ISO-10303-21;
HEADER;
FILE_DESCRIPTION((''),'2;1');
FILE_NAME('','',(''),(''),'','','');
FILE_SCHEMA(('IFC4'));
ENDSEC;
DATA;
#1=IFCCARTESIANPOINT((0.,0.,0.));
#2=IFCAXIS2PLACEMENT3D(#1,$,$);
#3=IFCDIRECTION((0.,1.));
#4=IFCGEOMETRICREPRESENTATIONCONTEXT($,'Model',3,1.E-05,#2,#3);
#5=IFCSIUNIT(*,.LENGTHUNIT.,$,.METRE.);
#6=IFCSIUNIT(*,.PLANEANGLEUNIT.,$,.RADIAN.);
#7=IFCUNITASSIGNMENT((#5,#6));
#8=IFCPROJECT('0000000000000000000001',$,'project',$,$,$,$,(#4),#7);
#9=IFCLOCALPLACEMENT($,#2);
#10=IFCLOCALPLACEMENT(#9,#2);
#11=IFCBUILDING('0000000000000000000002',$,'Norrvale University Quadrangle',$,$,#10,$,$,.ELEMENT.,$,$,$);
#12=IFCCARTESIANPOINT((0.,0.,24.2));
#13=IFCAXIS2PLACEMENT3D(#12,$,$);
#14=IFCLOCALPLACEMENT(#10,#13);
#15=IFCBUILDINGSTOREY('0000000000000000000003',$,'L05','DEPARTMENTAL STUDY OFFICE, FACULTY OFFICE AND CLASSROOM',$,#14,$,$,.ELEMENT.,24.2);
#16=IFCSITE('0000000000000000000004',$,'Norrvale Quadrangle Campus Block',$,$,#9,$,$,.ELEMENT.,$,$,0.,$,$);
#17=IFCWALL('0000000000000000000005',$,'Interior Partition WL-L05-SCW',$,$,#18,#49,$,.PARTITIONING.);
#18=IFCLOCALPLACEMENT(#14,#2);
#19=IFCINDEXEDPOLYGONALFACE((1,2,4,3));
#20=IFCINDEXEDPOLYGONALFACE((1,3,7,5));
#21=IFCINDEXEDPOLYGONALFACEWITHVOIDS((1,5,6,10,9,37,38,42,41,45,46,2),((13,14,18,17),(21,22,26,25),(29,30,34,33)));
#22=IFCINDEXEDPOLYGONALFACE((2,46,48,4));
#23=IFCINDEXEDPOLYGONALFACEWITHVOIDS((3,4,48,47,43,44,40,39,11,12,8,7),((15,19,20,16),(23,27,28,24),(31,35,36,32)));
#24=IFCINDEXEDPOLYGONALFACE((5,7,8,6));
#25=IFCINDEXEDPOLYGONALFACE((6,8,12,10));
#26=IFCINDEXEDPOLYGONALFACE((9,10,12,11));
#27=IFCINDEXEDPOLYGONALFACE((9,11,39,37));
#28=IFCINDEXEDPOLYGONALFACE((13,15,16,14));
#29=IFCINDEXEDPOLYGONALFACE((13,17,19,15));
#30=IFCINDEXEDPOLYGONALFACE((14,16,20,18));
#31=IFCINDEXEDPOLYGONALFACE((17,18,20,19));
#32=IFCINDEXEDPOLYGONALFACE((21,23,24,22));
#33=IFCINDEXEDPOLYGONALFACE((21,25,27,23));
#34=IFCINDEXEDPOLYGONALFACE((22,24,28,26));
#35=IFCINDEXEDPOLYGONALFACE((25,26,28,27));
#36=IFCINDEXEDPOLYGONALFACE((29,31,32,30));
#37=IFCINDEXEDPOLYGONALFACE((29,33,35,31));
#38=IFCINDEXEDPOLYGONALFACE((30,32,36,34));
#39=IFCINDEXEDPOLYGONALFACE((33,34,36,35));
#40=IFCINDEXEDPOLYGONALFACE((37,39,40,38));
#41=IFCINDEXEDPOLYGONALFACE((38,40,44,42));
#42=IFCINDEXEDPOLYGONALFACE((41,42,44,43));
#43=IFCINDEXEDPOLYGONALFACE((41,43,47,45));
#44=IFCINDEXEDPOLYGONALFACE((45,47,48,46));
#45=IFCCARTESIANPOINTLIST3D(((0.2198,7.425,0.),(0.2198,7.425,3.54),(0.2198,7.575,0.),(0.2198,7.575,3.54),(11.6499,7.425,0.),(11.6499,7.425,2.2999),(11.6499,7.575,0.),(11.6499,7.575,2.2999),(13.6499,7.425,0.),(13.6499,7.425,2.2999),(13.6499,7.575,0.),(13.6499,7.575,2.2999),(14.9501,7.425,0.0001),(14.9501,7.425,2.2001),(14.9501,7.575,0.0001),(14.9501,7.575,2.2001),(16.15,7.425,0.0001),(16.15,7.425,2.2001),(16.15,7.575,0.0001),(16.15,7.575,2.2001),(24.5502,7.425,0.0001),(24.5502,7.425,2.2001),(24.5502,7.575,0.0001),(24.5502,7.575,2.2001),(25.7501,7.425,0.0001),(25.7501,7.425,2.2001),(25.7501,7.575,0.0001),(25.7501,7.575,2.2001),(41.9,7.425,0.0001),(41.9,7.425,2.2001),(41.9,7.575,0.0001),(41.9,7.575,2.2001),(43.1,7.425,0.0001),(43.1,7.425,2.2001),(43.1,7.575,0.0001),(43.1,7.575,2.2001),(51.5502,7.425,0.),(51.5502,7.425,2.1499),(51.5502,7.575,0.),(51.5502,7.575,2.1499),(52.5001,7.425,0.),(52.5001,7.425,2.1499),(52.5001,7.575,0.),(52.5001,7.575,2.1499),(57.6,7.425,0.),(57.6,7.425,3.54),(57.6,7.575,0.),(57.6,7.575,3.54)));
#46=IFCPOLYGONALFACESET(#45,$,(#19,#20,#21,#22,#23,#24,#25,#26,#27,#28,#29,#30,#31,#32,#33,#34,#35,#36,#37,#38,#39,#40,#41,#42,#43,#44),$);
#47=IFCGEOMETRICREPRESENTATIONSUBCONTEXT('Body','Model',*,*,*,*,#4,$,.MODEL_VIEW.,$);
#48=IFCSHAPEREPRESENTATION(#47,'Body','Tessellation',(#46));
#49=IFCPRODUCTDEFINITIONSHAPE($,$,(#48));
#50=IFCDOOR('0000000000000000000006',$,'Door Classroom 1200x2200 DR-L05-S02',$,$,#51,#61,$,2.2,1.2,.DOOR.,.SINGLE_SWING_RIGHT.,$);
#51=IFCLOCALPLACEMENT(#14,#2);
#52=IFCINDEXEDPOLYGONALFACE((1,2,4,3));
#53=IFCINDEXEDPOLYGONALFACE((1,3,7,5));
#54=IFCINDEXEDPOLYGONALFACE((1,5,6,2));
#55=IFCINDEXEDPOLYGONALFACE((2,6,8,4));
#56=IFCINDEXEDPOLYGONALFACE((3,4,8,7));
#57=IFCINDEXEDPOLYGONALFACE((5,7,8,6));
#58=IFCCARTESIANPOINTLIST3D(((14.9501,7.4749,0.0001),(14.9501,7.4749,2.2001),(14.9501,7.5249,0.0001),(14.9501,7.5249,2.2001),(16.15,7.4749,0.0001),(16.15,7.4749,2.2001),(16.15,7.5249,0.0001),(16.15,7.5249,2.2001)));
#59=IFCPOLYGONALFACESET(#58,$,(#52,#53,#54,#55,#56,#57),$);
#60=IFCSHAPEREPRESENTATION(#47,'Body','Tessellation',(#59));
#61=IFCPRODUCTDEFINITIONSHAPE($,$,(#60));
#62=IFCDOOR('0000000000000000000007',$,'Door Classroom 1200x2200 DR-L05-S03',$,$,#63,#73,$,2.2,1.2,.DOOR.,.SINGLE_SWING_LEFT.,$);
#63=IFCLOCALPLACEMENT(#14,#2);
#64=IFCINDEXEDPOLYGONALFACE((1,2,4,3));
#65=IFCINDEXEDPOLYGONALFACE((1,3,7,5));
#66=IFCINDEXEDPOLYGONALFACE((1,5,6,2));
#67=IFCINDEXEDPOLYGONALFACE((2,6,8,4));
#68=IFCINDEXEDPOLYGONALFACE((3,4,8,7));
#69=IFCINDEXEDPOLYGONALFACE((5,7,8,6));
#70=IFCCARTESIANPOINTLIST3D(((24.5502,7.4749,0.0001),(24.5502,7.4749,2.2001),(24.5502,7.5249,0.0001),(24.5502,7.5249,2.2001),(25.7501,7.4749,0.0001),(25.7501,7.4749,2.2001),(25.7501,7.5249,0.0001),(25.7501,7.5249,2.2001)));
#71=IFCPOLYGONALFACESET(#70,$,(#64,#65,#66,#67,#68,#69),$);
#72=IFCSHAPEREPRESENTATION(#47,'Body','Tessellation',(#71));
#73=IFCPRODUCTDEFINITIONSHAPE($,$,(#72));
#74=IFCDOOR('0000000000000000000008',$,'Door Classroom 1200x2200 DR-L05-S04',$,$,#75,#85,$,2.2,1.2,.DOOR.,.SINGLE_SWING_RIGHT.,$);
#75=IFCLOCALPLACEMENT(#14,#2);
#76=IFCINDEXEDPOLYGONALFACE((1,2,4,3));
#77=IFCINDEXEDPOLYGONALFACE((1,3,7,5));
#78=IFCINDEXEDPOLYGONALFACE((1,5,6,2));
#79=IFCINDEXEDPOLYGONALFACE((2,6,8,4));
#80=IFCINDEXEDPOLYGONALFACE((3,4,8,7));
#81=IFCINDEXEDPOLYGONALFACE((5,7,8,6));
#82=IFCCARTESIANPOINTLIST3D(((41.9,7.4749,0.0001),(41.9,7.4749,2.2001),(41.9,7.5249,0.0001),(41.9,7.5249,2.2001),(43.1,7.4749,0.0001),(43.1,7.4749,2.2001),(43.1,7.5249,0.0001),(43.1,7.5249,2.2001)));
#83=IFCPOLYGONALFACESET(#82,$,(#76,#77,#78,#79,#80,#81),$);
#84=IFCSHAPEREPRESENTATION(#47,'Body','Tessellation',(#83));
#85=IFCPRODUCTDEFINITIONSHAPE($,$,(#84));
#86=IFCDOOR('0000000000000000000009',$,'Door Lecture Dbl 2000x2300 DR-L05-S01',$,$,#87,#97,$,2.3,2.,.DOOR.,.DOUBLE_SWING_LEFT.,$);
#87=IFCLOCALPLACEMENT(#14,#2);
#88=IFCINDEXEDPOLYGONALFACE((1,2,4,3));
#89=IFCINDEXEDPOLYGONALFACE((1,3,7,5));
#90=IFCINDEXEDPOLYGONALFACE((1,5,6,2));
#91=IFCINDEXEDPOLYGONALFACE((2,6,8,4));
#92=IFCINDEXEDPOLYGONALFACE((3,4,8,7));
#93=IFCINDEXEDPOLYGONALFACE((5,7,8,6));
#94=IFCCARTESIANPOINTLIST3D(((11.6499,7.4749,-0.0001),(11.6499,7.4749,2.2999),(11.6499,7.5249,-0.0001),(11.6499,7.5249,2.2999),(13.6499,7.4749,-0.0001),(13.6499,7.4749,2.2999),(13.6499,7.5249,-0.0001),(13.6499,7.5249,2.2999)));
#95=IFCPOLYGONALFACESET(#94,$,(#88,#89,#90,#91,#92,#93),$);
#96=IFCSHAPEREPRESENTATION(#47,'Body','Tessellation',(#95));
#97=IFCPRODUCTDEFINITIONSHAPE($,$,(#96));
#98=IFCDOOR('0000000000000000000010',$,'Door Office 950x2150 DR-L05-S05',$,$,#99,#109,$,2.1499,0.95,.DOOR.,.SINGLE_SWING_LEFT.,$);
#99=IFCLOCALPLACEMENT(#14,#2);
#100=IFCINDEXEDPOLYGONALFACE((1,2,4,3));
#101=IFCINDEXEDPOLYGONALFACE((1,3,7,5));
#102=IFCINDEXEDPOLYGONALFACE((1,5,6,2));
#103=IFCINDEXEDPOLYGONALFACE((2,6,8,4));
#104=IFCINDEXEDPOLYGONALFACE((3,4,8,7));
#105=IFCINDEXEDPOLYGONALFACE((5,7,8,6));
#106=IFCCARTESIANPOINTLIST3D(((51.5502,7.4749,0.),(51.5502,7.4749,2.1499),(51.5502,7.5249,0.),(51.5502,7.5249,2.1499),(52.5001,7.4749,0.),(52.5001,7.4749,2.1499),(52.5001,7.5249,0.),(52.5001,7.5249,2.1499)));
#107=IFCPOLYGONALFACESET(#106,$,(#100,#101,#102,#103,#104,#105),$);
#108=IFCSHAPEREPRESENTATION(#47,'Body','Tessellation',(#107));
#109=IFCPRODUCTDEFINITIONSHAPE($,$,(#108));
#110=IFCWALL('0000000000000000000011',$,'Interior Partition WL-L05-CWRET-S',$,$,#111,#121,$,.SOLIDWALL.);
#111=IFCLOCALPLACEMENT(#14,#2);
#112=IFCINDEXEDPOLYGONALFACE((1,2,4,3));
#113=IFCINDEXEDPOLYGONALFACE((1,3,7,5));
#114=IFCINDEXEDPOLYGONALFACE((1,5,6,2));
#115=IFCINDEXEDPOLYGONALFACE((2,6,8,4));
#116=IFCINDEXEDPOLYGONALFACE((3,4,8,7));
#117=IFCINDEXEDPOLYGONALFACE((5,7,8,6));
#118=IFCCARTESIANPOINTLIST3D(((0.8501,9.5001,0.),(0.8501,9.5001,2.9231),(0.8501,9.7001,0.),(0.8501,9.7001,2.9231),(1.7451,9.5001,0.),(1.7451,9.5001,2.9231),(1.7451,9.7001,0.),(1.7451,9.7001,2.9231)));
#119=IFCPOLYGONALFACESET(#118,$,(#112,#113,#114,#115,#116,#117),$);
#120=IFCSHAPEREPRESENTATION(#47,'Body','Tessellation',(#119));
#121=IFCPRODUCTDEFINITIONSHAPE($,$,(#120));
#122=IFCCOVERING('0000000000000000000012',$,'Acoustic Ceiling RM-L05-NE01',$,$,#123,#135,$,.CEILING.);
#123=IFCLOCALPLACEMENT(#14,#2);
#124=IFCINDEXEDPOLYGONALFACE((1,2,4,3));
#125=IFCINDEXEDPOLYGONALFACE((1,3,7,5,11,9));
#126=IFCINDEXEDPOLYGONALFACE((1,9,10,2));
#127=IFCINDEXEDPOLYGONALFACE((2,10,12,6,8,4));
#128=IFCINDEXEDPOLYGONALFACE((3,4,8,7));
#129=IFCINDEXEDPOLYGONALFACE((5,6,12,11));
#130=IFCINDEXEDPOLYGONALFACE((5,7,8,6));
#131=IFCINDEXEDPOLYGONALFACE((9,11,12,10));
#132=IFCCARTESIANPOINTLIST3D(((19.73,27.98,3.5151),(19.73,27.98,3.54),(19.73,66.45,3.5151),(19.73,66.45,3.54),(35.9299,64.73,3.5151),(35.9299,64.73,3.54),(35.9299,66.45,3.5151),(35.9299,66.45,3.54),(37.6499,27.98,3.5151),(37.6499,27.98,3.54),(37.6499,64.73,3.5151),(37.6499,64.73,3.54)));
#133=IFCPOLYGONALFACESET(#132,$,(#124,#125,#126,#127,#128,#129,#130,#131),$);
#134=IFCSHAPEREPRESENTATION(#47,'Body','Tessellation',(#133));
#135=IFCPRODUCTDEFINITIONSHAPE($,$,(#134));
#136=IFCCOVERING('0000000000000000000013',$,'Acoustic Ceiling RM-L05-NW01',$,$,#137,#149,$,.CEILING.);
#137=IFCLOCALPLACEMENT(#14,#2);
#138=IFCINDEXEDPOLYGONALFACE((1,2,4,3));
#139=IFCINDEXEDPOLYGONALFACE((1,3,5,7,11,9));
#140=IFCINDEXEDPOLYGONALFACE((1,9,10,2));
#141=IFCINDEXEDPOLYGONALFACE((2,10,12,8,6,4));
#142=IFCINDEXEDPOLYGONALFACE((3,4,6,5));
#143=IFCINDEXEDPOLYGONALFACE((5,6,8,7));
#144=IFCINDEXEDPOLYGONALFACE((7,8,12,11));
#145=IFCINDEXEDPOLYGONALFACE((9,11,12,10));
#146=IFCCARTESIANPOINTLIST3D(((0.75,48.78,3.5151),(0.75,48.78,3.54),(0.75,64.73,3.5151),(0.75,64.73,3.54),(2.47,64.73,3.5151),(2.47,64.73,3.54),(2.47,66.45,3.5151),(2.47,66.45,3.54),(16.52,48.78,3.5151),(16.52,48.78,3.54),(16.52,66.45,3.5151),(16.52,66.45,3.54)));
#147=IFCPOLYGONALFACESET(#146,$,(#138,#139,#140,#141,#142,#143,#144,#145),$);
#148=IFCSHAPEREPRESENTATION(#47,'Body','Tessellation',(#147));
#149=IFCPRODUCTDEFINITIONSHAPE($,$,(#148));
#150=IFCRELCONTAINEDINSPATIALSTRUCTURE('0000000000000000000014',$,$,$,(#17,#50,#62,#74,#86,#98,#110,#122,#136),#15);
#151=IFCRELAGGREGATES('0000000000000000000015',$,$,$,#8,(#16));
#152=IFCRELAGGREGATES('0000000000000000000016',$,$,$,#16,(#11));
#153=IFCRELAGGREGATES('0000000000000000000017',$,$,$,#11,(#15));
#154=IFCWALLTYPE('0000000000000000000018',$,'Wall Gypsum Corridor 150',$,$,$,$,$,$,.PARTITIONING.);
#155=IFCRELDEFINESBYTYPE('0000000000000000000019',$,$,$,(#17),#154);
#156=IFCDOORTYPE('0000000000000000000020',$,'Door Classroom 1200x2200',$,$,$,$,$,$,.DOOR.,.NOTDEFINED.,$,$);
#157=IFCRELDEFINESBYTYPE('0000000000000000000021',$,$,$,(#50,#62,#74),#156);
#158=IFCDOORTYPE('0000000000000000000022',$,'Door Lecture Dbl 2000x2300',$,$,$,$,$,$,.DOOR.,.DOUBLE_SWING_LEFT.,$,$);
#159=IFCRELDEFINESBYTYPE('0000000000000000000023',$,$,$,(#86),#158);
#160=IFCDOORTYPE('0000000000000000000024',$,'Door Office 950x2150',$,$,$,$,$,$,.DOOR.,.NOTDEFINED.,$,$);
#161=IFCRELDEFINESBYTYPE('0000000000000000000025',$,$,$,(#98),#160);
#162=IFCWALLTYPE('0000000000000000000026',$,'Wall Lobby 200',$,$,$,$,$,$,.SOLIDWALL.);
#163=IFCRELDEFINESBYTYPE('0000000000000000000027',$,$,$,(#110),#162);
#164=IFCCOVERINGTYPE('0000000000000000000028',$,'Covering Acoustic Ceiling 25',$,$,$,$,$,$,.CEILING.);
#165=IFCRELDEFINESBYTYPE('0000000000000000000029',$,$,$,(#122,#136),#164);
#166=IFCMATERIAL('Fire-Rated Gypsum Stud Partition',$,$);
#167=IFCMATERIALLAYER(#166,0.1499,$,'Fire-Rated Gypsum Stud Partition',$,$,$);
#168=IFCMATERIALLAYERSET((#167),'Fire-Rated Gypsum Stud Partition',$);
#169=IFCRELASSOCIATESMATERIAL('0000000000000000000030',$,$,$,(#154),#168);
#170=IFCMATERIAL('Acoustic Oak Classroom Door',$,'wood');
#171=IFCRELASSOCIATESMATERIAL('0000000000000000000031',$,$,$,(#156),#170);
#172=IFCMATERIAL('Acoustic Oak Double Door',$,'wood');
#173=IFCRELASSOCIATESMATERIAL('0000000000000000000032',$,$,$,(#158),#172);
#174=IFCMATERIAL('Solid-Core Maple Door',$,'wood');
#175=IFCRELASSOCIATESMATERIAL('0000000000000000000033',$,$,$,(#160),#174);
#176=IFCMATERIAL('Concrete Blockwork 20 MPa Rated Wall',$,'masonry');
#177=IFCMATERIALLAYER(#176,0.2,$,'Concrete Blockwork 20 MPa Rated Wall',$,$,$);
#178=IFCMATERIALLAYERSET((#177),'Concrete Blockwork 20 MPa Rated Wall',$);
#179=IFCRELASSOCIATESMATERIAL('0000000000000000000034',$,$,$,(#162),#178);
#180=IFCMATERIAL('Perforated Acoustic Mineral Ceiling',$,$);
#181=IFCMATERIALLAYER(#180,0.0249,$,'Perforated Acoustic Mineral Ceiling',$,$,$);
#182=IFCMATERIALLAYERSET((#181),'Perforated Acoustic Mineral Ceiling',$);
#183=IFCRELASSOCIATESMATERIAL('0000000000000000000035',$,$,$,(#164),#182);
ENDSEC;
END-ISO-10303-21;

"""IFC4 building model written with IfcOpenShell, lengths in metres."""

from ifc_helpers import new_model, si_unit, direction, frame, frame_2d, origin, place, context, subcontext, project, spatial, polyline, rectangle, outline, extrude, material, layer, layer_set, type_object, element, fill, save


model = new_model("IFC4")

# Units and contexts
model_context = context("Model", 3, precision=1e-05, world=origin(), true_north=direction((0.0, 1.0)))
body_context = subcontext(model_context, "Body", "Model", "MODEL_VIEW")
ifc_project = project(units=[si_unit("LENGTHUNIT", "METRE"), si_unit("PLANEANGLEUNIT", "RADIAN")], contexts=[model_context])

# Site, building, storey
site_placement = place(None, origin())
site = spatial("IfcSite", under=ifc_project, at=site_placement, Name="Norrvale Quadrangle Campus Block", CompositionType="ELEMENT", RefElevation=0.0)
building_placement = place(site_placement, origin())
building = spatial("IfcBuilding", under=site, at=building_placement, Name="Norrvale University Quadrangle", CompositionType="ELEMENT")
storey_placement = place(building_placement, frame((0.0, 0.0, 24.2)))
storey = spatial("IfcBuildingStorey", under=building, at=storey_placement, Name="L05", Description="DEPARTMENTAL STUDY OFFICE, FACULTY OFFICE AND CLASSROOM", CompositionType="ELEMENT", Elevation=24.2)

# Wall, openings, doors
ifc_material_1 = material(Name="Fire-Rated Gypsum Stud Partition")
ifc_layer_1 = layer(ifc_material_1, 0.1499, Name="Fire-Rated Gypsum Stud Partition")
ifc_layer_set_1 = layer_set([ifc_layer_1], Name="Fire-Rated Gypsum Stud Partition")
wall_type_1 = type_object("IfcWallType", Name="Wall Gypsum Corridor 150", PredefinedType="PARTITIONING", material=ifc_layer_set_1)
wall_1_placement = place(storey_placement, frame((0.22, 7.5, 0.0), z_axis=(0.0, 0.0, 1.0), x_axis=(1.0, 0.0, 0.0)))
wall_1 = element("IfcWall", 1, at=wall_1_placement, inside=storey, type_object=wall_type_1, Name="Interior Partition WL-L05-SCW", PredefinedType="PARTITIONING", context=body_context, shape_type="SweptSolid", body=[
    extrude(rectangle(XDim=57.3801, YDim=0.1499, at=frame_2d((28.6899, 0.0))), origin(), (0.0, 0.0, 1.0), 3.54),
])
opening_1_placement = place(wall_1_placement, frame((11.4299, 0.0, 0.0)))
opening_1 = element("IfcOpeningElement", 2, at=opening_1_placement, cuts=wall_1, PredefinedType="OPENING", context=body_context, shape_type="SweptSolid", body=[
    extrude(rectangle(XDim=2.0, YDim=2.3, at=frame_2d((1.0, 1.1499))), frame((0.0, 0.0869, 0.0), z_axis=(0.0, -1.0, 0.0), x_axis=(1.0, 0.0, 0.0)), (0.0, 0.0, 1.0), 0.1738),
])
opening_2_placement = place(wall_1_placement, frame((14.73, 0.0, 0.0)))
opening_2 = element("IfcOpeningElement", 3, at=opening_2_placement, cuts=wall_1, PredefinedType="OPENING", context=body_context, shape_type="SweptSolid", body=[
    extrude(rectangle(XDim=1.2, YDim=2.2, at=frame_2d((0.6001, 1.1001))), frame((0.0, 0.0869, 0.0), z_axis=(0.0, -1.0, 0.0), x_axis=(1.0, 0.0, 0.0)), (0.0, 0.0, 1.0), 0.1738),
])
opening_3_placement = place(wall_1_placement, frame((24.3301, 0.0, 0.0)))
opening_3 = element("IfcOpeningElement", 4, at=opening_3_placement, cuts=wall_1, PredefinedType="OPENING", context=body_context, shape_type="SweptSolid", body=[
    extrude(rectangle(XDim=1.2, YDim=2.2, at=frame_2d((0.6001, 1.1001))), frame((0.0, 0.0869, 0.0), z_axis=(0.0, -1.0, 0.0), x_axis=(1.0, 0.0, 0.0)), (0.0, 0.0, 1.0), 0.1738),
])
opening_4_placement = place(wall_1_placement, frame((41.6799, 0.0, 0.0)))
opening_4 = element("IfcOpeningElement", 5, at=opening_4_placement, cuts=wall_1, PredefinedType="OPENING", context=body_context, shape_type="SweptSolid", body=[
    extrude(rectangle(XDim=1.2, YDim=2.2, at=frame_2d((0.6001, 1.1001))), frame((0.0, 0.0869, 0.0), z_axis=(0.0, -1.0, 0.0), x_axis=(1.0, 0.0, 0.0)), (0.0, 0.0, 1.0), 0.1738),
])
opening_5_placement = place(wall_1_placement, frame((51.3301, 0.0, 0.0)))
opening_5 = element("IfcOpeningElement", 6, at=opening_5_placement, cuts=wall_1, PredefinedType="OPENING", context=body_context, shape_type="SweptSolid", body=[
    extrude(rectangle(XDim=0.95, YDim=2.1499, at=frame_2d((0.4751, 1.075))), frame((0.0, 0.0869, 0.0), z_axis=(0.0, -1.0, 0.0), x_axis=(1.0, 0.0, 0.0)), (0.0, 0.0, 1.0), 0.1738),
])
ifc_material_2 = material(Name="Acoustic Oak Classroom Door", Category="wood")
door_type_1 = type_object("IfcDoorType", Name="Door Classroom 1200x2200", OperationType="NOTDEFINED", PredefinedType="DOOR", material=ifc_material_2)
door_1_placement = place(opening_2_placement, origin())
door_1 = element("IfcDoor", 7, at=door_1_placement, inside=storey, type_object=door_type_1, Name="Door Classroom 1200x2200 DR-L05-S02", OperationType="SINGLE_SWING_RIGHT", OverallHeight=2.2, OverallWidth=1.2, PredefinedType="DOOR", context=body_context, shape_type="SweptSolid", body=[
    extrude(rectangle(XDim=1.2, YDim=2.2, at=frame_2d((0.6001, 1.1001))), frame((0.0, 0.0249, 0.0), z_axis=(0.0, -1.0, 0.0), x_axis=(1.0, 0.0, 0.0)), (0.0, 0.0, 1.0), 0.05),
])
fill(opening_2, door_1)
door_2_placement = place(opening_3_placement, origin())
door_2 = element("IfcDoor", 8, at=door_2_placement, inside=storey, type_object=door_type_1, Name="Door Classroom 1200x2200 DR-L05-S03", OperationType="SINGLE_SWING_LEFT", OverallHeight=2.2, OverallWidth=1.2, PredefinedType="DOOR", context=body_context, shape_type="SweptSolid", body=[
    extrude(rectangle(XDim=1.2, YDim=2.2, at=frame_2d((0.6001, 1.1001))), frame((0.0, 0.0249, 0.0), z_axis=(0.0, -1.0, 0.0), x_axis=(1.0, 0.0, 0.0)), (0.0, 0.0, 1.0), 0.05),
])
fill(opening_3, door_2)
door_3_placement = place(opening_4_placement, origin())
door_3 = element("IfcDoor", 9, at=door_3_placement, inside=storey, type_object=door_type_1, Name="Door Classroom 1200x2200 DR-L05-S04", OperationType="SINGLE_SWING_RIGHT", OverallHeight=2.2, OverallWidth=1.2, PredefinedType="DOOR", context=body_context, shape_type="SweptSolid", body=[
    extrude(rectangle(XDim=1.2, YDim=2.2, at=frame_2d((0.6001, 1.1001))), frame((0.0, 0.0249, 0.0), z_axis=(0.0, -1.0, 0.0), x_axis=(1.0, 0.0, 0.0)), (0.0, 0.0, 1.0), 0.05),
])
fill(opening_4, door_3)
ifc_material_3 = material(Name="Acoustic Oak Double Door", Category="wood")
door_type_2 = type_object("IfcDoorType", Name="Door Lecture Dbl 2000x2300", OperationType="DOUBLE_SWING_LEFT", PredefinedType="DOOR", material=ifc_material_3)
door_4_placement = place(opening_1_placement, origin())
door_4 = element("IfcDoor", 10, at=door_4_placement, inside=storey, type_object=door_type_2, Name="Door Lecture Dbl 2000x2300 DR-L05-S01", OperationType="DOUBLE_SWING_LEFT", OverallHeight=2.3, OverallWidth=2.0, PredefinedType="DOOR", context=body_context, shape_type="SweptSolid", body=[
    extrude(rectangle(XDim=2.0, YDim=2.3, at=frame_2d((1.0, 1.1499))), frame((0.0, 0.0249, 0.0), z_axis=(0.0, -1.0, 0.0), x_axis=(1.0, 0.0, 0.0)), (0.0, 0.0, 1.0), 0.05),
])
fill(opening_1, door_4)
ifc_material_4 = material(Name="Solid-Core Maple Door", Category="wood")
door_type_3 = type_object("IfcDoorType", Name="Door Office 950x2150", OperationType="NOTDEFINED", PredefinedType="DOOR", material=ifc_material_4)
door_5_placement = place(opening_5_placement, origin())
door_5 = element("IfcDoor", 11, at=door_5_placement, inside=storey, type_object=door_type_3, Name="Door Office 950x2150 DR-L05-S05", OperationType="SINGLE_SWING_LEFT", OverallHeight=2.1499, OverallWidth=0.95, PredefinedType="DOOR", context=body_context, shape_type="SweptSolid", body=[
    extrude(rectangle(XDim=0.95, YDim=2.1499, at=frame_2d((0.4751, 1.075))), frame((0.0, 0.0249, 0.0), z_axis=(0.0, -1.0, 0.0), x_axis=(1.0, 0.0, 0.0)), (0.0, 0.0, 1.0), 0.05),
])
fill(opening_5, door_5)

# Wall
ifc_material_5 = material(Name="Concrete Blockwork 20 MPa Rated Wall", Category="masonry")
ifc_layer_2 = layer(ifc_material_5, 0.2, Name="Concrete Blockwork 20 MPa Rated Wall")
ifc_layer_set_2 = layer_set([ifc_layer_2], Name="Concrete Blockwork 20 MPa Rated Wall")
wall_type_2 = type_object("IfcWallType", Name="Wall Lobby 200", PredefinedType="SOLIDWALL", material=ifc_layer_set_2)
wall_2_placement = place(storey_placement, frame((0.8501, 9.6001, 0.0), z_axis=(0.0, 0.0, 1.0), x_axis=(1.0, 0.0, 0.0)))
element("IfcWall", 12, at=wall_2_placement, inside=storey, type_object=wall_type_2, Name="Interior Partition WL-L05-CWRET-S", PredefinedType="SOLIDWALL", context=body_context, shape_type="SweptSolid", body=[
    extrude(rectangle(XDim=0.895, YDim=0.2, at=frame_2d((0.4475, 0.0))), origin(), (0.0, 0.0, 1.0), 2.9231),
])

# Coverings
ifc_material_6 = material(Name="Perforated Acoustic Mineral Ceiling")
ifc_layer_3 = layer(ifc_material_6, 0.0249, Name="Perforated Acoustic Mineral Ceiling")
ifc_layer_set_3 = layer_set([ifc_layer_3], Name="Perforated Acoustic Mineral Ceiling")
covering_type = type_object("IfcCoveringType", Name="Covering Acoustic Ceiling 25", PredefinedType="CEILING", material=ifc_layer_set_3)
covering_1_placement = place(storey_placement, frame((0.0, 0.0, 3.5151)))
element("IfcCovering", 13, at=covering_1_placement, inside=storey, type_object=covering_type, Name="Acoustic Ceiling RM-L05-NE01", PredefinedType="CEILING", context=body_context, shape_type="SweptSolid", body=[
    extrude(outline(polyline([(37.6499, 27.98), (19.73, 27.98), (19.73, 66.45), (35.9299, 66.45), (35.9299, 64.73), (37.6499, 64.73), (37.6499, 27.98)])), origin(), (0.0, 0.0, 1.0), 0.0249),
])
covering_2_placement = place(storey_placement, frame((0.0, 0.0, 3.5151)))
element("IfcCovering", 14, at=covering_2_placement, inside=storey, type_object=covering_type, Name="Acoustic Ceiling RM-L05-NW01", PredefinedType="CEILING", context=body_context, shape_type="SweptSolid", body=[
    extrude(outline(polyline([(16.52, 66.45), (16.52, 48.78), (0.75, 48.78), (0.75, 64.73), (2.47, 64.73), (2.47, 66.45), (16.52, 66.45)])), origin(), (0.0, 0.0, 1.0), 0.0249),
])

save(model, "model.ifc")
